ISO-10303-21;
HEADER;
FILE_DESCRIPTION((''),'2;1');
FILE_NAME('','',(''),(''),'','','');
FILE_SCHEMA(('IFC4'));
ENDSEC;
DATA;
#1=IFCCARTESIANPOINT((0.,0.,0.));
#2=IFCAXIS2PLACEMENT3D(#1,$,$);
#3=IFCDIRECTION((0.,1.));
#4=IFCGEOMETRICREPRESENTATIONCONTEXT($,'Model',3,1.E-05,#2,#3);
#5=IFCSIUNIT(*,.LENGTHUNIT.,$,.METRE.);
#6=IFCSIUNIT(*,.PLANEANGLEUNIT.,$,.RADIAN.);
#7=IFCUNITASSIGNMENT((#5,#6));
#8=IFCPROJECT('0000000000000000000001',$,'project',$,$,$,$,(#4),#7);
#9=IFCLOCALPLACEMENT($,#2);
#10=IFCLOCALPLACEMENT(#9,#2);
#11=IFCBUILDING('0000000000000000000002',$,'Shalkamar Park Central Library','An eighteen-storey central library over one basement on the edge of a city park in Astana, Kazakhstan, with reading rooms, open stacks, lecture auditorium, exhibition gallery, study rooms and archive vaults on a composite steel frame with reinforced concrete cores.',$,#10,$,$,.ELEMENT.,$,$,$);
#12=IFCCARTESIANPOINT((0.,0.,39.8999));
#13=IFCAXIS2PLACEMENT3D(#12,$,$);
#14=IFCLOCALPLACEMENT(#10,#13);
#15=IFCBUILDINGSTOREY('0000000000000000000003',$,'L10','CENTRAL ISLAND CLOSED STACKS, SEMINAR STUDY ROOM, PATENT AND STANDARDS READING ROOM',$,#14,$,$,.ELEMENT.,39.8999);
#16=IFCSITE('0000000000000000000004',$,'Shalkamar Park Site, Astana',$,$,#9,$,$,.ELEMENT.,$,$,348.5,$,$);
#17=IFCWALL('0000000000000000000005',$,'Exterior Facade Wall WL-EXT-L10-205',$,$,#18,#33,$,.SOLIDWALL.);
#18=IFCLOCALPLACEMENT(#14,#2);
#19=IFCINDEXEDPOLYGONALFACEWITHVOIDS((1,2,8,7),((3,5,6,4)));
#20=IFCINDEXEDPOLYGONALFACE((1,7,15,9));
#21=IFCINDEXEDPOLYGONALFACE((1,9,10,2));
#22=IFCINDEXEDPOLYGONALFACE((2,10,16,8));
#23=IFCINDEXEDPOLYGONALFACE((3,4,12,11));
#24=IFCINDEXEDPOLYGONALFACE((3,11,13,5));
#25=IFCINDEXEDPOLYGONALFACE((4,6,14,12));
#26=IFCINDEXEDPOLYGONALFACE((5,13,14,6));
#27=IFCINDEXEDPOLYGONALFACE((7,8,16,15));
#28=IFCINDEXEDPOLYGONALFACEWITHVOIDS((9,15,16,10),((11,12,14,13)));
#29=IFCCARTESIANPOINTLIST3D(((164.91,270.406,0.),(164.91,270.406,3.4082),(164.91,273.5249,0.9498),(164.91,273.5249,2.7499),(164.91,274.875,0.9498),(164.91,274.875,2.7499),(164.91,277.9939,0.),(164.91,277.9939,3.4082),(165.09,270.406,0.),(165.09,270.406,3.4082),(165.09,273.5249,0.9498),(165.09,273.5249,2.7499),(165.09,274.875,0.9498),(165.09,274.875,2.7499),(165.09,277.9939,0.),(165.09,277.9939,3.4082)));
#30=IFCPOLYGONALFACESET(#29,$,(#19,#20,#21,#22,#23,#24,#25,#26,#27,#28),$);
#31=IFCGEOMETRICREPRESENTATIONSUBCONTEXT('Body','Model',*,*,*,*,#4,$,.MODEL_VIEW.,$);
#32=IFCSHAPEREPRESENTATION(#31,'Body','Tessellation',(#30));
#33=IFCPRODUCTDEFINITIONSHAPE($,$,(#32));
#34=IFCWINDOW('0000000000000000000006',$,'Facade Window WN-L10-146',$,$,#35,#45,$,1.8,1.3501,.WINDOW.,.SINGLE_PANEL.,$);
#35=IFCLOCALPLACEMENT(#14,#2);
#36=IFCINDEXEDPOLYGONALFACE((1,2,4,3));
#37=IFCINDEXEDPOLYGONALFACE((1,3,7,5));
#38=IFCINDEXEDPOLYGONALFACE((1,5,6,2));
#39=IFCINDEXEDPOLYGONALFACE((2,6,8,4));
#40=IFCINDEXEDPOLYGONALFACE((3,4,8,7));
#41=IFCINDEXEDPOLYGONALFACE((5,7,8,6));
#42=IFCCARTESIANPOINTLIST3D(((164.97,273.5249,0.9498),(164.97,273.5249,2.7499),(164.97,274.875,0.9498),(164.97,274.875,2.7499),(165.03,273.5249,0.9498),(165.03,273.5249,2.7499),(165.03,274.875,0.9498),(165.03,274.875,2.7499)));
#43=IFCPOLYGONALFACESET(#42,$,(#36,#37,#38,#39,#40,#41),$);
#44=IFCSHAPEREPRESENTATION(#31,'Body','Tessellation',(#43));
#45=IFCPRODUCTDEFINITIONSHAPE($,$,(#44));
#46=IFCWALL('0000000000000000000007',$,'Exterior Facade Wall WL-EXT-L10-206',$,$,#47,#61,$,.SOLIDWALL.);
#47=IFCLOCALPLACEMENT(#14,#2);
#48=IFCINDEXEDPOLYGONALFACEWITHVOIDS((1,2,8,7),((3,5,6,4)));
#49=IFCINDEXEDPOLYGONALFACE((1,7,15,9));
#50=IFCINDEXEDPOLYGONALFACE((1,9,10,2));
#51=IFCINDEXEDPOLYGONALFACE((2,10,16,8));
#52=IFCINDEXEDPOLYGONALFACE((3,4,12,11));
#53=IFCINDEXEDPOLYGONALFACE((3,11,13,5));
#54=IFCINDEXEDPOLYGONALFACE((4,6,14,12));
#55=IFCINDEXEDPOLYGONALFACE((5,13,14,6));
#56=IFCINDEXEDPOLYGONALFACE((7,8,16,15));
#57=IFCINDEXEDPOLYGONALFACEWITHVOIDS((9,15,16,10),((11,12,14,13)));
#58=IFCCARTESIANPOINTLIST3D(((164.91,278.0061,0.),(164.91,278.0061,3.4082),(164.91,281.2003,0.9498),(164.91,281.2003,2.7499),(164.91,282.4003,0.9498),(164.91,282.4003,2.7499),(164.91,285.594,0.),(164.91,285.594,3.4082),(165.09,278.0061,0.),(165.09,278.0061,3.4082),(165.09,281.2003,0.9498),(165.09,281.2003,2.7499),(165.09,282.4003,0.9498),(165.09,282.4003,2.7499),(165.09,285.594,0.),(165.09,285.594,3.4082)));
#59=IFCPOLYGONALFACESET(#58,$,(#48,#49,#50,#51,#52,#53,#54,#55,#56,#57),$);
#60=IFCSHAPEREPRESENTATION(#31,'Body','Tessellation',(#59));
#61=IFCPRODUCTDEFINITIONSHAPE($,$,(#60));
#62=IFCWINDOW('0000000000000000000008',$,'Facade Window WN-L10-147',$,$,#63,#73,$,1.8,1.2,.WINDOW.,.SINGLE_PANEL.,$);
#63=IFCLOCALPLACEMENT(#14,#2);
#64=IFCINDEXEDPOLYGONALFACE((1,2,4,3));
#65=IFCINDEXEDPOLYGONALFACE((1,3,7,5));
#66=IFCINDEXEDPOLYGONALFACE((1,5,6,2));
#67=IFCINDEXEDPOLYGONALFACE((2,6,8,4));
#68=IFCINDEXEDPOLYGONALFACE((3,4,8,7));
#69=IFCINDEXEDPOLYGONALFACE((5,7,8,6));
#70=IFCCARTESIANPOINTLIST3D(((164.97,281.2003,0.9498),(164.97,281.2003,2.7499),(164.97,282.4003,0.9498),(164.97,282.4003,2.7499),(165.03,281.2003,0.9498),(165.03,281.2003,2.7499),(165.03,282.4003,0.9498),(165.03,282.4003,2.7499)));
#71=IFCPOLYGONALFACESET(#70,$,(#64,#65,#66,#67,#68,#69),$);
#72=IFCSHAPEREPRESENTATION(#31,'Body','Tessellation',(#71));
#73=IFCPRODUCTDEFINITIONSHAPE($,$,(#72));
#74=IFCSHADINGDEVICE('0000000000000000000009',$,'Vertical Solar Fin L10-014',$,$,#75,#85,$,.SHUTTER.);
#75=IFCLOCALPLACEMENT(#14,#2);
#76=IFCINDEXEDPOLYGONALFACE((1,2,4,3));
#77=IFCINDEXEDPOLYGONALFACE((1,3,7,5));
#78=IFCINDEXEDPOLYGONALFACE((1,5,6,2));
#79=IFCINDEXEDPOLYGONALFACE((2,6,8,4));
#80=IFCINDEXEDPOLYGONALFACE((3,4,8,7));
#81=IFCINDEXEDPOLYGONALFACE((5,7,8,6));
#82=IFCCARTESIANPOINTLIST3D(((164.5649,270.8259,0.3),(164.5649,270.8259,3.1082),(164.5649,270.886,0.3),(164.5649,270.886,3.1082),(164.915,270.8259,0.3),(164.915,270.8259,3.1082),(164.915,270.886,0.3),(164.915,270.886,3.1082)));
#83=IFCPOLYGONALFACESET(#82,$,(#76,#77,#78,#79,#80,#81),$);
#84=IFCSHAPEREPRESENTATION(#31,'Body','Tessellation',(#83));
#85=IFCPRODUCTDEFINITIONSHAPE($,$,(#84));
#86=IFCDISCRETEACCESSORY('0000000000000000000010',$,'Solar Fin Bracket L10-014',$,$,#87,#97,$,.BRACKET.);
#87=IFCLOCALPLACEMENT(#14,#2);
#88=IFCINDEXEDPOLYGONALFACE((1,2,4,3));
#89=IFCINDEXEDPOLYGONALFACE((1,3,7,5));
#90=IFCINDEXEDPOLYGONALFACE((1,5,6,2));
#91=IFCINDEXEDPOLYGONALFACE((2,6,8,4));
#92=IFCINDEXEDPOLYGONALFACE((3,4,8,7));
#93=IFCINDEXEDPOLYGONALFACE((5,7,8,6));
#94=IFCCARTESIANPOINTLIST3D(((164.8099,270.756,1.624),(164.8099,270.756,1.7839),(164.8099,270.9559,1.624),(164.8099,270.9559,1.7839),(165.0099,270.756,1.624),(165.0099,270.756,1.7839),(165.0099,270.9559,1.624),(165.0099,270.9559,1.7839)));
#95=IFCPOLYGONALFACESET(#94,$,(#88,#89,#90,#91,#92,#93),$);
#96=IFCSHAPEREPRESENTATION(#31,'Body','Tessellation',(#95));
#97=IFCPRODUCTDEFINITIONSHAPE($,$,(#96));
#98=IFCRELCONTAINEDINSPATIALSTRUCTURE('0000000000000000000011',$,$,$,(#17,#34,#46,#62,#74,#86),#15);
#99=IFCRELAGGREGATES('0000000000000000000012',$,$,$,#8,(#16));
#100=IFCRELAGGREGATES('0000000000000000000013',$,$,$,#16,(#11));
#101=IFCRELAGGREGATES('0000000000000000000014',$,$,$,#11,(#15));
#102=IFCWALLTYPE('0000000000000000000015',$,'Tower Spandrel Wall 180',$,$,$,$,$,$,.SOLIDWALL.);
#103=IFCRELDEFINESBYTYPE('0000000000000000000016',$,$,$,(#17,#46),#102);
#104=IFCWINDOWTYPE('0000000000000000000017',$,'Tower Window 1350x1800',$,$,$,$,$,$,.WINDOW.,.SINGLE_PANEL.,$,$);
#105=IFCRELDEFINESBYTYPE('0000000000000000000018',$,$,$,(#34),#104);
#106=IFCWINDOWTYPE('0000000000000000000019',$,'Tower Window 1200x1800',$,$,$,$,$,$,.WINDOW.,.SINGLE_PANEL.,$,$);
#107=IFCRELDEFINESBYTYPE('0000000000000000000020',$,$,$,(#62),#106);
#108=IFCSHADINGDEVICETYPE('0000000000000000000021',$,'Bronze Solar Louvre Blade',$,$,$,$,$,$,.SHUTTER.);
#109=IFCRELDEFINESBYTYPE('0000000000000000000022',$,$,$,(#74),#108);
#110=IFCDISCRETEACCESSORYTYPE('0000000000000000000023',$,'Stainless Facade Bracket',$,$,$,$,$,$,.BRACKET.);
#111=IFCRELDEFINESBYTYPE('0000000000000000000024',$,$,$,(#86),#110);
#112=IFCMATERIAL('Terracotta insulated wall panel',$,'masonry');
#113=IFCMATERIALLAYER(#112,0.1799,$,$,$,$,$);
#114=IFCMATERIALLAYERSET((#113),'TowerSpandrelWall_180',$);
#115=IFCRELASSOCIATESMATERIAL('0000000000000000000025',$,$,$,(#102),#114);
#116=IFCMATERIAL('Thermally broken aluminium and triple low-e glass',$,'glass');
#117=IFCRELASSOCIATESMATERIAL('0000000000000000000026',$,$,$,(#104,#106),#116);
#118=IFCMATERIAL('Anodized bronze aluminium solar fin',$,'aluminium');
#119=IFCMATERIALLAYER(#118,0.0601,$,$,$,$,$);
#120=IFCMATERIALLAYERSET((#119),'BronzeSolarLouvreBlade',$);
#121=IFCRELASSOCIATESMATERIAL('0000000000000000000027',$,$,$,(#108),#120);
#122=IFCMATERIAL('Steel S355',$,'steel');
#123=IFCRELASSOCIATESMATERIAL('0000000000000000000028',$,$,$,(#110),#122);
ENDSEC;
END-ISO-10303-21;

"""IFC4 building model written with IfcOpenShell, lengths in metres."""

from ifc_helpers import new_model, si_unit, direction, frame, frame_2d, origin, origin_2d, place, context, subcontext, project, spatial, rectangle, extrude, material, layer, layer_set, type_object, element, fill, save


model = new_model("IFC4")

# Units and contexts
model_context = context("Model", 3, precision=1e-05, world=origin(), true_north=direction((0.0, 1.0)))
body_context = subcontext(model_context, "Body", "Model", "MODEL_VIEW")
ifc_project = project(units=[si_unit("LENGTHUNIT", "METRE"), si_unit("PLANEANGLEUNIT", "RADIAN")], contexts=[model_context])

# Site, building, storey
site_placement = place(None, origin())
site = spatial("IfcSite", under=ifc_project, at=site_placement, Name="Shalkamar Park Site, Astana", CompositionType="ELEMENT", RefElevation=348.5)
building_placement = place(site_placement, origin())
building = spatial("IfcBuilding", under=site, at=building_placement, Name="Shalkamar Park Central Library", Description="An eighteen-storey central library over one basement on the edge of a city park in Astana, Kazakhstan, with reading rooms, open stacks, lecture auditorium, exhibition gallery, study rooms and archive vaults on a composite steel frame with reinforced concrete cores.", CompositionType="ELEMENT")
storey_placement = place(building_placement, frame((0.0, 0.0, 39.8999)))
storey = spatial("IfcBuildingStorey", under=building, at=storey_placement, Name="L10", Description="CENTRAL ISLAND CLOSED STACKS, SEMINAR STUDY ROOM, PATENT AND STANDARDS READING ROOM", CompositionType="ELEMENT", Elevation=39.8999)

# Shared definitions
ifc_material_1 = material(Name="Steel S355", Category="steel")

# Walls, openings, windows
ifc_material_2 = material(Name="Terracotta insulated wall panel", Category="masonry")
ifc_layer_1 = layer(ifc_material_2, 0.1799)
ifc_layer_set_1 = layer_set([ifc_layer_1], Name="TowerSpandrelWall_180")
wall_type_1 = type_object("IfcWallType", Name="Tower Spandrel Wall 180", PredefinedType="SOLIDWALL", material=ifc_layer_set_1)
wall_1_placement = place(storey_placement, frame((165.0, 270.406, 0.0), z_axis=(0.0, 0.0, 1.0), x_axis=(0.0, 1.0, 0.0)))
wall_1 = element("IfcWall", 1, at=wall_1_placement, inside=storey, type_object=wall_type_1, Name="Exterior Facade Wall WL-EXT-L10-205", PredefinedType="SOLIDWALL", context=body_context, shape_type="SweptSolid", body=[
    extrude(rectangle(XDim=7.5879, YDim=0.1799, at=frame_2d((3.7939, 0.0))), origin(), (0.0, 0.0, 1.0), 3.4082),
])
opening_1_placement = place(wall_1_placement, frame((3.1189, 0.0, 0.95)))
opening_1 = element("IfcOpeningElement", 2, at=opening_1_placement, cuts=wall_1, PredefinedType="OPENING", context=body_context, shape_type="SweptSolid", body=[
    extrude(rectangle(XDim=1.3501, YDim=1.8, at=frame_2d((0.675, 0.8999))), frame((0.0, 0.105, 0.0), z_axis=(0.0, -1.0, 0.0), x_axis=(1.0, 0.0, 0.0)), (0.0, 0.0, 1.0), 0.2097),
])
ifc_material_3 = material(Name="Thermally broken aluminium and triple low-e glass", Category="glass")
window_type_1 = type_object("IfcWindowType", Name="Tower Window 1350x1800", PartitioningType="SINGLE_PANEL", PredefinedType="WINDOW", material=ifc_material_3)
window_1_placement = place(opening_1_placement, origin())
window_1 = element("IfcWindow", 3, at=window_1_placement, inside=storey, type_object=window_type_1, Name="Facade Window WN-L10-146", OverallHeight=1.8, OverallWidth=1.3501, PartitioningType="SINGLE_PANEL", PredefinedType="WINDOW", context=body_context, shape_type="SweptSolid", body=[
    extrude(rectangle(XDim=1.3501, YDim=1.8, at=frame_2d((0.675, 0.8999))), frame((0.0, 0.03, 0.0), z_axis=(0.0, -1.0, 0.0), x_axis=(1.0, 0.0, 0.0)), (0.0, 0.0, 1.0), 0.0601),
])
fill(opening_1, window_1)
wall_2_placement = place(storey_placement, frame((165.0, 278.0061, 0.0), z_axis=(0.0, 0.0, 1.0), x_axis=(0.0, 1.0, 0.0)))
wall_2 = element("IfcWall", 4, at=wall_2_placement, inside=storey, type_object=wall_type_1, Name="Exterior Facade Wall WL-EXT-L10-206", PredefinedType="SOLIDWALL", context=body_context, shape_type="SweptSolid", body=[
    extrude(rectangle(XDim=7.5879, YDim=0.1799, at=frame_2d((3.7939, 0.0))), origin(), (0.0, 0.0, 1.0), 3.4082),
])
opening_2_placement = place(wall_2_placement, frame((3.1941, 0.0, 0.95)))
opening_2 = element("IfcOpeningElement", 5, at=opening_2_placement, cuts=wall_2, PredefinedType="OPENING", context=body_context, shape_type="SweptSolid", body=[
    extrude(rectangle(XDim=1.2, YDim=1.8, at=frame_2d((0.6001, 0.8999))), frame((0.0, 0.105, 0.0), z_axis=(0.0, -1.0, 0.0), x_axis=(1.0, 0.0, 0.0)), (0.0, 0.0, 1.0), 0.2097),
])
window_type_2 = type_object("IfcWindowType", Name="Tower Window 1200x1800", PartitioningType="SINGLE_PANEL", PredefinedType="WINDOW", material=ifc_material_3)
window_2_placement = place(opening_2_placement, origin())
window_2 = element("IfcWindow", 6, at=window_2_placement, inside=storey, type_object=window_type_2, Name="Facade Window WN-L10-147", OverallHeight=1.8, OverallWidth=1.2, PartitioningType="SINGLE_PANEL", PredefinedType="WINDOW", context=body_context, shape_type="SweptSolid", body=[
    extrude(rectangle(XDim=1.2, YDim=1.8, at=frame_2d((0.6001, 0.8999))), frame((0.0, 0.03, 0.0), z_axis=(0.0, -1.0, 0.0), x_axis=(1.0, 0.0, 0.0)), (0.0, 0.0, 1.0), 0.0601),
])
fill(opening_2, window_2)

# Shading device
ifc_material_4 = material(Name="Anodized bronze aluminium solar fin", Category="aluminium")
ifc_layer_2 = layer(ifc_material_4, 0.0601)
ifc_layer_set_2 = layer_set([ifc_layer_2], Name="BronzeSolarLouvreBlade")
shading_device_type = type_object("IfcShadingDeviceType", Name="Bronze Solar Louvre Blade", PredefinedType="SHUTTER", material=ifc_layer_set_2)
shading_device_placement = place(storey_placement, frame((164.74, 270.856, 0.3), z_axis=(0.0, 0.0, 1.0), x_axis=(1.0, 0.0, 0.0)))
element("IfcShadingDevice", 7, at=shading_device_placement, inside=storey, type_object=shading_device_type, Name="Vertical Solar Fin L10-014", PredefinedType="SHUTTER", context=body_context, shape_type="SweptSolid", body=[
    extrude(rectangle(XDim=0.3501, YDim=0.0601, at=origin_2d()), origin(), (0.0, 0.0, 1.0), 2.8081),
])

# Discrete accessory
discrete_accessory_type = type_object("IfcDiscreteAccessoryType", Name="Stainless Facade Bracket", PredefinedType="BRACKET", material=ifc_material_1)
discrete_accessory_placement = place(storey_placement, frame((164.9099, 270.856, 1.624), z_axis=(0.0, 0.0, 1.0), x_axis=(1.0, 0.0, 0.0)))
element("IfcDiscreteAccessory", 8, at=discrete_accessory_placement, inside=storey, type_object=discrete_accessory_type, Name="Solar Fin Bracket L10-014", PredefinedType="BRACKET", context=body_context, shape_type="SweptSolid", body=[
    extrude(rectangle(XDim=0.2, YDim=0.2, at=origin_2d()), origin(), (0.0, 0.0, 1.0), 0.1599),
])

save(model, "model.ifc")
